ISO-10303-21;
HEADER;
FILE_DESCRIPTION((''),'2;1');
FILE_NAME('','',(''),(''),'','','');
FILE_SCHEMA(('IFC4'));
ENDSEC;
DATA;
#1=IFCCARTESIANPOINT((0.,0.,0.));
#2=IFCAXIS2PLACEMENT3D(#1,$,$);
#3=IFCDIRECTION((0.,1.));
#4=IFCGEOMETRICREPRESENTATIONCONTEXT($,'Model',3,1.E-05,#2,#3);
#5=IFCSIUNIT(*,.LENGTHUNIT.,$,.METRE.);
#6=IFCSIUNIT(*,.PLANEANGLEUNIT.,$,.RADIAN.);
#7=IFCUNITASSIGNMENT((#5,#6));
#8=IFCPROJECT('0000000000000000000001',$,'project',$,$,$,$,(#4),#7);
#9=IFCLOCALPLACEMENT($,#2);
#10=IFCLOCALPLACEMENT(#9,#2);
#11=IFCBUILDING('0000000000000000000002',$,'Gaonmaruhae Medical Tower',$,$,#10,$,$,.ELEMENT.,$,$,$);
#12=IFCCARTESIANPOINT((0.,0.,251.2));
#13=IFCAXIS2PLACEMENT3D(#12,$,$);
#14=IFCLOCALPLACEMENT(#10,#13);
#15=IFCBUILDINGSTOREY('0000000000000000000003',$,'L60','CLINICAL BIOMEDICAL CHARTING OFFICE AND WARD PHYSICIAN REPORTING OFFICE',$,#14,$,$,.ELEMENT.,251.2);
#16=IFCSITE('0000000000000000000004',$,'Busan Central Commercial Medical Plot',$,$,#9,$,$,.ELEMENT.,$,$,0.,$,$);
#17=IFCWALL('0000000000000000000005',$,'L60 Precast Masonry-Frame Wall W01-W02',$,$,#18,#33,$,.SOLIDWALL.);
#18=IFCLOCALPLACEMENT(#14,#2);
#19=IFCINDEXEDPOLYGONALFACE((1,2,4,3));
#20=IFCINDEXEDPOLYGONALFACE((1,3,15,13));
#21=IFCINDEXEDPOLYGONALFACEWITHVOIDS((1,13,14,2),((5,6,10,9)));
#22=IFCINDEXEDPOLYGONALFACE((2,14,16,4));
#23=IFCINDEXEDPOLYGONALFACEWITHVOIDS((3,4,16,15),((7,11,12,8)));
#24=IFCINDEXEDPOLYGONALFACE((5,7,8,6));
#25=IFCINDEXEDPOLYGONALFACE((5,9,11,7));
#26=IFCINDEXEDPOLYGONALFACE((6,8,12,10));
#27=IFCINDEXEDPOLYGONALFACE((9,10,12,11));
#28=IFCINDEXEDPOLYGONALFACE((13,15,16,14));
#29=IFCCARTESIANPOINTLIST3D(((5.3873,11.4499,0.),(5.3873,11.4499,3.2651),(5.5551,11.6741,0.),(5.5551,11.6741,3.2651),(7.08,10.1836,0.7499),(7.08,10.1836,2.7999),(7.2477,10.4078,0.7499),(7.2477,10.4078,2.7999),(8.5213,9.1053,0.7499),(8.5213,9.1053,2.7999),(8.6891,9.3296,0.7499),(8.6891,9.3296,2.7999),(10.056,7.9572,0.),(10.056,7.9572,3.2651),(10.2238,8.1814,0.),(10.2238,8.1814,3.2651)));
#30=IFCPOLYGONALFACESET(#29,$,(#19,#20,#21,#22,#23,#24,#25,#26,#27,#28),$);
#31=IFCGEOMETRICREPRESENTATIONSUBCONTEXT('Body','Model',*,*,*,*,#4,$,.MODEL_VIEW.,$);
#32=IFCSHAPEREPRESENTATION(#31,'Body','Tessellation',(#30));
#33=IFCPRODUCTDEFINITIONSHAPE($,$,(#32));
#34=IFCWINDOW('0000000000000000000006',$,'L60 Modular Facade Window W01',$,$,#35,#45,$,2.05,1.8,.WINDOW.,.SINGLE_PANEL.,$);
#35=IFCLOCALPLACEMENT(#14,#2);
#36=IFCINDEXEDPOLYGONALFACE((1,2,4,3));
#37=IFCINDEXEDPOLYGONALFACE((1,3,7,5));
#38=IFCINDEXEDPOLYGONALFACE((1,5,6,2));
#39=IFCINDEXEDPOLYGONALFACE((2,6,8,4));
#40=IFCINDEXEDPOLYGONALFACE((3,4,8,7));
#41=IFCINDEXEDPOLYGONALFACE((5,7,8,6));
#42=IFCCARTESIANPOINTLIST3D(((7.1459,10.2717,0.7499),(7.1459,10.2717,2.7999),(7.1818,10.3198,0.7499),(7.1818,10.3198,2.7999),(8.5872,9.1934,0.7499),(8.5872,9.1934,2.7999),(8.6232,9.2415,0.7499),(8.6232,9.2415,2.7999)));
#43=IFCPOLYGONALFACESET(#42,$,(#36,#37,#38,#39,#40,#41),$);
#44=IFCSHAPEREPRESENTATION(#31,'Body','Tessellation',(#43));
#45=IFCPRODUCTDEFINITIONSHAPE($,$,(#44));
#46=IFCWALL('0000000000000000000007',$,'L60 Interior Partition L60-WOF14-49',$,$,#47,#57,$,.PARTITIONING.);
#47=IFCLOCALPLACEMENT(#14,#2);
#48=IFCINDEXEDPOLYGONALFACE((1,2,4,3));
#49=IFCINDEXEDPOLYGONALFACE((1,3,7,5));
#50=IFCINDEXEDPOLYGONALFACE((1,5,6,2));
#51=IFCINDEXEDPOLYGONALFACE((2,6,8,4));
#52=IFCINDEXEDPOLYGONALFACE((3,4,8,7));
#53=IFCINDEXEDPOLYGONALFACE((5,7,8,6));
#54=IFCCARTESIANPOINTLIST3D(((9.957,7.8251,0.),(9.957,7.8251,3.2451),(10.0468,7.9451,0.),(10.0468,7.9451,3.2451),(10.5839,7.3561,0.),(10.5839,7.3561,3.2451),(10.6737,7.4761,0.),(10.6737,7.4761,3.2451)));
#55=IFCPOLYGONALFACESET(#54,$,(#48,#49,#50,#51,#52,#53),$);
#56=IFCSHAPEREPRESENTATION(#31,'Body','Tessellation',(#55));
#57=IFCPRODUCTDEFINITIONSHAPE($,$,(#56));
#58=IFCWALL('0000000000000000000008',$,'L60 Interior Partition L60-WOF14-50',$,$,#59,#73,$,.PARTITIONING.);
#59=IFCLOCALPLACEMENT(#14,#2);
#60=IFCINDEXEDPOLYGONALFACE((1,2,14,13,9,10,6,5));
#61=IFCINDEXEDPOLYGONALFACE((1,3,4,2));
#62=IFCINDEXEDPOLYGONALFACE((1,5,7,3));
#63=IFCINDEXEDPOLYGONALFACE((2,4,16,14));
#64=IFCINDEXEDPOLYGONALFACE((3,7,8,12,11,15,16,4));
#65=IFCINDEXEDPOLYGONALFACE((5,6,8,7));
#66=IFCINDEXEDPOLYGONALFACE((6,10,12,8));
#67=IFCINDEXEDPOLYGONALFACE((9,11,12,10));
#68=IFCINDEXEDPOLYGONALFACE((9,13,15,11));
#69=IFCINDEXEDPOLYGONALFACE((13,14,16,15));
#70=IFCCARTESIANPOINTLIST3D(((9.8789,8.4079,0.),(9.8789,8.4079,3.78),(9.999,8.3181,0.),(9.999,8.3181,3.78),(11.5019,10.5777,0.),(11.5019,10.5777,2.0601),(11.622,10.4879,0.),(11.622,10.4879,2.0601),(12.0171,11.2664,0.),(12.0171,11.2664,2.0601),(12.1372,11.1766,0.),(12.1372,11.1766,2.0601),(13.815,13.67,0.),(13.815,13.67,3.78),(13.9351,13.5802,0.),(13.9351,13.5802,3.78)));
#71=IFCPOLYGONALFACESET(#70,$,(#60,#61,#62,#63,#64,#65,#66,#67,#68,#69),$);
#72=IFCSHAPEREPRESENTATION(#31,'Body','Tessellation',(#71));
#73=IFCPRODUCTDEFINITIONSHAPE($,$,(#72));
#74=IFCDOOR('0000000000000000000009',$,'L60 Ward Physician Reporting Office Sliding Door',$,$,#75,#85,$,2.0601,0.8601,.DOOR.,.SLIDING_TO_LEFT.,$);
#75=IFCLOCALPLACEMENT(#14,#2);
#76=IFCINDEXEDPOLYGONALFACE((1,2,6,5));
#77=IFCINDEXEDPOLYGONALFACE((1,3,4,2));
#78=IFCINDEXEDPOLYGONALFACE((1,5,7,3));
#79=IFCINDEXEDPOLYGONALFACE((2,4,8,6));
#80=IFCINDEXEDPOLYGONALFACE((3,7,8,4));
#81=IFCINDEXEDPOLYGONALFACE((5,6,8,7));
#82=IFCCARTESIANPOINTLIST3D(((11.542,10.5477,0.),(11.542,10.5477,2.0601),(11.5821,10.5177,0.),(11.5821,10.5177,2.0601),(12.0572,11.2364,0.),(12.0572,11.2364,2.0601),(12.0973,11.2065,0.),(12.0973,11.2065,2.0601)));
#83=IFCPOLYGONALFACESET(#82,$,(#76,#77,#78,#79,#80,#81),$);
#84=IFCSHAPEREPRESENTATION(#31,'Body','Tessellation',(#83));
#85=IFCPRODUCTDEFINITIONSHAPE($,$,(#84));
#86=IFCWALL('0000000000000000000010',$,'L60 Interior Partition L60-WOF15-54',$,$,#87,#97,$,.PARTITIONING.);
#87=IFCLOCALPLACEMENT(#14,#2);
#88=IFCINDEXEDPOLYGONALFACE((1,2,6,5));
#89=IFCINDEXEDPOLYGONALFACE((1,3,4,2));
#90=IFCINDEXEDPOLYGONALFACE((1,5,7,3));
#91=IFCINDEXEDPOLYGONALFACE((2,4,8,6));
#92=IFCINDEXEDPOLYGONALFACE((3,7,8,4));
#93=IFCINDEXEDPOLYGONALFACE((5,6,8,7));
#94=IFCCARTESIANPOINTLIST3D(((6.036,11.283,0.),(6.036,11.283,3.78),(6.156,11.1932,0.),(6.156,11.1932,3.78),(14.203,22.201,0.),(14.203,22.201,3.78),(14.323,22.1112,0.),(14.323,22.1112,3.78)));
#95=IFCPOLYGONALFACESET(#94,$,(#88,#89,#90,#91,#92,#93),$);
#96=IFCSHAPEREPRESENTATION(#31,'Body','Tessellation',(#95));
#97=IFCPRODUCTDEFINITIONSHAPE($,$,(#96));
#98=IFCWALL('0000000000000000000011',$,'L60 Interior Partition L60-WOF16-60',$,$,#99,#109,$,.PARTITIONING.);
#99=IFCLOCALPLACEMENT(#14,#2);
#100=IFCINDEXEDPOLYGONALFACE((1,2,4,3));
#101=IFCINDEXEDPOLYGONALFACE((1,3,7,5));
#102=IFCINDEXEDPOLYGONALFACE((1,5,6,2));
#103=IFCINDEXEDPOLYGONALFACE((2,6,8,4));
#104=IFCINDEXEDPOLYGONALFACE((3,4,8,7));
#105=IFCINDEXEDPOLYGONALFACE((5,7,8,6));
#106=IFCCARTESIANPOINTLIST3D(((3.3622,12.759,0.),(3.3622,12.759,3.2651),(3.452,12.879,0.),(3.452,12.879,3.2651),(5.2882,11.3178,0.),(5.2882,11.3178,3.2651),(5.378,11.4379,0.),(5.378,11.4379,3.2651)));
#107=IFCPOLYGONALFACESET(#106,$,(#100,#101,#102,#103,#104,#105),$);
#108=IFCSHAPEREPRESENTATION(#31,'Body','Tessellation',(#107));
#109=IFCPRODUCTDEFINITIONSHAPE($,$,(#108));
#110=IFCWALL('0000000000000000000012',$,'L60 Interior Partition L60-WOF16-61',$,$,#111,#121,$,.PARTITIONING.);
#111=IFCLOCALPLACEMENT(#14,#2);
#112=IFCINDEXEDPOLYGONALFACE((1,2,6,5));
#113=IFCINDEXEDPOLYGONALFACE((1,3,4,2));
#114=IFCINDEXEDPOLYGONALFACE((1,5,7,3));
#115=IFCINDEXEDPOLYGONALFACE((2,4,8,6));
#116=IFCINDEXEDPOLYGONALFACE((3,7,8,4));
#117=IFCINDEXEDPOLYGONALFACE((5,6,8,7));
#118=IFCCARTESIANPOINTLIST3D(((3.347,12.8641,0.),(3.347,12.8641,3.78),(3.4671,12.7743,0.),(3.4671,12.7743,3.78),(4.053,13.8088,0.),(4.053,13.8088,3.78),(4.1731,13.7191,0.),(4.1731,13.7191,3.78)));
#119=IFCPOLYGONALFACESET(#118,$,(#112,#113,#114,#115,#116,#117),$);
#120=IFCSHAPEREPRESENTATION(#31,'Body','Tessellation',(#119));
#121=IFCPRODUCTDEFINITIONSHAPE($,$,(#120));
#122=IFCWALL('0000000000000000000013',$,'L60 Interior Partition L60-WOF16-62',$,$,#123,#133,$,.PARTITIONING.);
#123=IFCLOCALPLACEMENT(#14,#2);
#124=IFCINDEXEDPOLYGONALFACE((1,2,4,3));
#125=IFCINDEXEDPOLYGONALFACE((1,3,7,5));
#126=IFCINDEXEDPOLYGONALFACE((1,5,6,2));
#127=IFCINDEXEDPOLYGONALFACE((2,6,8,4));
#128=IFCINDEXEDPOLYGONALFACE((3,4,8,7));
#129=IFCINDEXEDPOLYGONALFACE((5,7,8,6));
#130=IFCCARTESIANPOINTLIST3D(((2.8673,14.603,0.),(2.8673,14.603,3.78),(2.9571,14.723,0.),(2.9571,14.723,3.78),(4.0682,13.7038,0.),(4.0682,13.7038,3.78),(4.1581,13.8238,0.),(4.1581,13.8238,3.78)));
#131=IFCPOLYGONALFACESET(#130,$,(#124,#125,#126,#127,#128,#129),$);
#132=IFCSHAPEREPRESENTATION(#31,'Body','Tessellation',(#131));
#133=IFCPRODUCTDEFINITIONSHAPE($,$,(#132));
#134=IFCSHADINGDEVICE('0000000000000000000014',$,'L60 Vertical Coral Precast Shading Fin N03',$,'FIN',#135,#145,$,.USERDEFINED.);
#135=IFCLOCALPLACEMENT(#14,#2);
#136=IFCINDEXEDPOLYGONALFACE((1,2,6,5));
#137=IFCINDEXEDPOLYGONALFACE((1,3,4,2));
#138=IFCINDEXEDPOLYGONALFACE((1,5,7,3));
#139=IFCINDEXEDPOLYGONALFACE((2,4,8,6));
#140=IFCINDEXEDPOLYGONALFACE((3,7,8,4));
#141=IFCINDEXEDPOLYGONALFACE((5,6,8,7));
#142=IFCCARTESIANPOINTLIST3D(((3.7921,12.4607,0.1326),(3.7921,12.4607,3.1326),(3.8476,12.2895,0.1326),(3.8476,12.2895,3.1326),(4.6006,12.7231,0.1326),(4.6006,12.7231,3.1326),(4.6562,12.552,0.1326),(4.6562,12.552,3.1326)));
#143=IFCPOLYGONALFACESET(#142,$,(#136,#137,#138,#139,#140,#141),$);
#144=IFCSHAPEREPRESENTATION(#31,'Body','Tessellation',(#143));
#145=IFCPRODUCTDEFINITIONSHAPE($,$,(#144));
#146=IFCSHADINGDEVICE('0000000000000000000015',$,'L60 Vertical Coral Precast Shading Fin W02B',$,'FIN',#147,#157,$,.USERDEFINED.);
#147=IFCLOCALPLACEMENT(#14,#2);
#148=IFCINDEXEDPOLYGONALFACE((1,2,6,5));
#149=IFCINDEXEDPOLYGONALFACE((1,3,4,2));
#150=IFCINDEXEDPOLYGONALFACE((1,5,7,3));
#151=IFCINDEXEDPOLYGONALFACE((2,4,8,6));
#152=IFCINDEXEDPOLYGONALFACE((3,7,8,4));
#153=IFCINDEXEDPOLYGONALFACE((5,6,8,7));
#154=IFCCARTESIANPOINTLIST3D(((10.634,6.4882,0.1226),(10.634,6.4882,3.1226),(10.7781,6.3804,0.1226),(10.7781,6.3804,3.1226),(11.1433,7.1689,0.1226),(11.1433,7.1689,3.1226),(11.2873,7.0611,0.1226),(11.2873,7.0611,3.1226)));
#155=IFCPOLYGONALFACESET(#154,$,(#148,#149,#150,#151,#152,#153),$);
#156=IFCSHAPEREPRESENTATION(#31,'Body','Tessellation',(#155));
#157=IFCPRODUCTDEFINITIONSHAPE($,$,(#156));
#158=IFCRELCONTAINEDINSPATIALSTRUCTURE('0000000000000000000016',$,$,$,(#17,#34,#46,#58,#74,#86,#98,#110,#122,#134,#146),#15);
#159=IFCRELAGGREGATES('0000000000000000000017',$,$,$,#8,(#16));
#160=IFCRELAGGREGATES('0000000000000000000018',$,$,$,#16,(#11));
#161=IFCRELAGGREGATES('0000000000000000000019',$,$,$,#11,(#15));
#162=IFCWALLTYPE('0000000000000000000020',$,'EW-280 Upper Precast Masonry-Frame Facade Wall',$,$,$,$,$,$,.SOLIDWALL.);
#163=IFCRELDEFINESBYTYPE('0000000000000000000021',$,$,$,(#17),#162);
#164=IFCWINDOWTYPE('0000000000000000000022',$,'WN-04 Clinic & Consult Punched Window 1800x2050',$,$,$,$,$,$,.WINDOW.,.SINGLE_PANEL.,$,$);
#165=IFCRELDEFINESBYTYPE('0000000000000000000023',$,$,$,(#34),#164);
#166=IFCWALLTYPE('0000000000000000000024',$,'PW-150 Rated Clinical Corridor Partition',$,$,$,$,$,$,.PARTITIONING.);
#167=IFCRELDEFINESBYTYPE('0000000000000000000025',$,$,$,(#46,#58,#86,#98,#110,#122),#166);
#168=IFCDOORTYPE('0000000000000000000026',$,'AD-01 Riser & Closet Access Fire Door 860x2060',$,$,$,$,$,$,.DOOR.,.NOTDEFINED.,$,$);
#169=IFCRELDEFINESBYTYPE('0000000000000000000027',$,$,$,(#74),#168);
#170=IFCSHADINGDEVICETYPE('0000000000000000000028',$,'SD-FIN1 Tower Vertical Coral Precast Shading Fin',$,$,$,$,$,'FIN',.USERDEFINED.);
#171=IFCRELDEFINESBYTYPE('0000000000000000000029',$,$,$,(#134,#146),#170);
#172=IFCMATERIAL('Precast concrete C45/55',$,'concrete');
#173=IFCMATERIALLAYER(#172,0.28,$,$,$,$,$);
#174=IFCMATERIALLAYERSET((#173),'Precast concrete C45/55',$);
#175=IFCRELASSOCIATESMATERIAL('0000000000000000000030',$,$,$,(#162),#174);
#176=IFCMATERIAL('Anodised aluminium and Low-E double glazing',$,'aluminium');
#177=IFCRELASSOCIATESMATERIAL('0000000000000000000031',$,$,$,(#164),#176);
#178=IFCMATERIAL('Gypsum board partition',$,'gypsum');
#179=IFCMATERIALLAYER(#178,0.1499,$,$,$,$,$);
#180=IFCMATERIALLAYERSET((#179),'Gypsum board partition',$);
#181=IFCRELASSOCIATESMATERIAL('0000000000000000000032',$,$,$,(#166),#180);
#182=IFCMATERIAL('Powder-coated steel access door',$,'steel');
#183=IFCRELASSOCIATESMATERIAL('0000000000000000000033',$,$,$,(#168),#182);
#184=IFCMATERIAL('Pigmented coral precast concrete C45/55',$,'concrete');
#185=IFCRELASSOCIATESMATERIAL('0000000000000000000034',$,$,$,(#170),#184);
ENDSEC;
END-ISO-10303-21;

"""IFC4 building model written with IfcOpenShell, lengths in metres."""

from ifc_helpers import new_model, si_unit, direction, frame, frame_2d, origin, origin_2d, place, context, subcontext, project, spatial, rectangle, extrude, material, layer, layer_set, type_object, element, fill, save


model = new_model("IFC4")

# Units and contexts
model_context = context("Model", 3, precision=1e-05, world=origin(), true_north=direction((0.0, 1.0)))
body_context = subcontext(model_context, "Body", "Model", "MODEL_VIEW")
ifc_project = project(units=[si_unit("LENGTHUNIT", "METRE"), si_unit("PLANEANGLEUNIT", "RADIAN")], contexts=[model_context])

# Site, building, storey
site_placement = place(None, origin())
site = spatial("IfcSite", under=ifc_project, at=site_placement, Name="Busan Central Commercial Medical Plot", CompositionType="ELEMENT", RefElevation=0.0)
building_placement = place(site_placement, origin())
building = spatial("IfcBuilding", under=site, at=building_placement, Name="Gaonmaruhae Medical Tower", CompositionType="ELEMENT")
storey_placement = place(building_placement, frame((0.0, 0.0, 251.2)))
storey = spatial("IfcBuildingStorey", under=building, at=storey_placement, Name="L60", Description="CLINICAL BIOMEDICAL CHARTING OFFICE AND WARD PHYSICIAN REPORTING OFFICE", CompositionType="ELEMENT", Elevation=251.2)

# Shared definitions
ifc_material_1 = material(Name="Precast concrete C45/55", Category="concrete")
ifc_layer_1 = layer(ifc_material_1, 0.28)
ifc_layer_set_1 = layer_set([ifc_layer_1], Name="Precast concrete C45/55")
wall_type_1 = type_object("IfcWallType", Name="EW-280 Upper Precast Masonry-Frame Facade Wall", PredefinedType="SOLIDWALL", material=ifc_layer_set_1)

# Wall, opening, window
wall_1_placement = place(storey_placement, frame((10.1399, 8.0693, 0.0), z_axis=(0.0, 0.0, 1.0), x_axis=(-0.800728, 0.599028, 0.0)))
wall_1 = element("IfcWall", 1, at=wall_1_placement, inside=storey, type_object=wall_type_1, Name="L60 Precast Masonry-Frame Wall W01-W02", PredefinedType="SOLIDWALL", context=body_context, shape_type="SweptSolid", body=[
    extrude(rectangle(XDim=5.8306, YDim=0.28, at=frame_2d((2.9153, 0.0))), origin(), (0.0, 0.0, 1.0), 3.2651),
])
opening_1_placement = place(wall_1_placement, frame((1.9167, 0.0, 0.75)))
opening_1 = element("IfcOpeningElement", 2, at=opening_1_placement, cuts=wall_1, PredefinedType="OPENING", context=body_context, shape_type="SweptSolid", body=[
    extrude(rectangle(XDim=1.8, YDim=2.05, at=frame_2d((0.8999, 1.0249))), frame((0.0, 0.1499, 0.0), z_axis=(0.0, -1.0, 0.0), x_axis=(1.0, 0.0, 0.0)), (0.0, 0.0, 1.0), 0.3),
])
ifc_material_2 = material(Name="Anodised aluminium and Low-E double glazing", Category="aluminium")
window_type = type_object("IfcWindowType", Name="WN-04 Clinic & Consult Punched Window 1800x2050", PartitioningType="SINGLE_PANEL", PredefinedType="WINDOW", material=ifc_material_2)
window_placement = place(opening_1_placement, origin())
window = element("IfcWindow", 3, at=window_placement, inside=storey, type_object=window_type, Name="L60 Modular Facade Window W01", OverallHeight=2.05, OverallWidth=1.8, PartitioningType="SINGLE_PANEL", PredefinedType="WINDOW", context=body_context, shape_type="SweptSolid", body=[
    extrude(rectangle(XDim=1.8, YDim=2.05, at=frame_2d((0.8999, 1.0249))), frame((0.0, 0.03, 0.0), z_axis=(0.0, -1.0, 0.0), x_axis=(1.0, 0.0, 0.0)), (0.0, 0.0, 1.0), 0.0601),
])
fill(opening_1, window)

# Wall
ifc_material_3 = material(Name="Gypsum board partition", Category="gypsum")
ifc_layer_2 = layer(ifc_material_3, 0.1499)
ifc_layer_set_2 = layer_set([ifc_layer_2], Name="Gypsum board partition")
wall_type_2 = type_object("IfcWallType", Name="PW-150 Rated Clinical Corridor Partition", PredefinedType="PARTITIONING", material=ifc_layer_set_2)
wall_2_placement = place(storey_placement, frame((10.6289, 7.416, 0.0), z_axis=(0.0, 0.0, 1.0), x_axis=(-0.800748, 0.599002, 0.0)))
element("IfcWall", 4, at=wall_2_placement, inside=storey, type_object=wall_type_2, Name="L60 Interior Partition L60-WOF14-49", PredefinedType="PARTITIONING", context=body_context, shape_type="SweptSolid", body=[
    extrude(rectangle(XDim=0.783, YDim=0.1499, at=frame_2d((0.3916, 0.0))), origin(), (0.0, 0.0, 1.0), 3.2451),
])

# Wall, opening, door
wall_3_placement = place(storey_placement, frame((9.939, 8.363, 0.0), z_axis=(0.0, 0.0, 1.0), x_axis=(0.598983, 0.800762, 0.0)))
wall_3 = element("IfcWall", 5, at=wall_3_placement, inside=storey, type_object=wall_type_2, Name="L60 Interior Partition L60-WOF14-50", PredefinedType="PARTITIONING", context=body_context, shape_type="SweptSolid", body=[
    extrude(rectangle(XDim=6.5713, YDim=0.1499, at=frame_2d((3.2856, 0.0))), origin(), (0.0, 0.0, 1.0), 3.78),
])
opening_2_placement = place(wall_3_placement, frame((2.7095, 0.0, 0.0)))
opening_2 = element("IfcOpeningElement", 6, at=opening_2_placement, cuts=wall_3, PredefinedType="OPENING", context=body_context, shape_type="SweptSolid", body=[
    extrude(rectangle(XDim=0.8601, YDim=2.0601, at=frame_2d((0.4302, 1.03))), frame((0.0, 0.085, 0.0), z_axis=(0.0, -1.0, 0.0), x_axis=(1.0, 0.0, 0.0)), (0.0, 0.0, 1.0), 0.1699),
])
ifc_material_4 = material(Name="Powder-coated steel access door", Category="steel")
door_type = type_object("IfcDoorType", Name="AD-01 Riser & Closet Access Fire Door 860x2060", OperationType="NOTDEFINED", PredefinedType="DOOR", material=ifc_material_4)
door_placement = place(opening_2_placement, origin())
door = element("IfcDoor", 7, at=door_placement, inside=storey, type_object=door_type, Name="L60 Ward Physician Reporting Office Sliding Door", OperationType="SLIDING_TO_LEFT", OverallHeight=2.0601, OverallWidth=0.8601, PredefinedType="DOOR", context=body_context, shape_type="SweptSolid", body=[
    extrude(rectangle(XDim=0.8601, YDim=2.0601, at=frame_2d((0.4302, 1.03))), frame((0.0, 0.0249, 0.0), z_axis=(0.0, -1.0, 0.0), x_axis=(1.0, 0.0, 0.0)), (0.0, 0.0, 1.0), 0.05),
])
fill(opening_2, door)

# Walls
wall_4_placement = place(storey_placement, frame((6.0959, 11.238, 0.0), z_axis=(0.0, 0.0, 1.0), x_axis=(0.598991, 0.800756, 0.0)))
element("IfcWall", 8, at=wall_4_placement, inside=storey, type_object=wall_type_2, Name="L60 Interior Partition L60-WOF15-54", PredefinedType="PARTITIONING", context=body_context, shape_type="SweptSolid", body=[
    extrude(rectangle(XDim=13.6345, YDim=0.1499, at=frame_2d((6.8174, 0.0))), origin(), (0.0, 0.0, 1.0), 3.78),
])
wall_5_placement = place(storey_placement, frame((5.333, 11.3779, 0.0), z_axis=(0.0, 0.0, 1.0), x_axis=(-0.800669, 0.599106, 0.0)))
element("IfcWall", 9, at=wall_5_placement, inside=storey, type_object=wall_type_2, Name="L60 Interior Partition L60-WOF16-60", PredefinedType="PARTITIONING", context=body_context, shape_type="SweptSolid", body=[
    extrude(rectangle(XDim=2.4055, YDim=0.1499, at=frame_2d((1.2026, 0.0))), origin(), (0.0, 0.0, 1.0), 3.2651),
])
wall_6_placement = place(storey_placement, frame((3.407, 12.8191, 0.0), z_axis=(0.0, 0.0, 1.0), x_axis=(0.598608, 0.801042, 0.0)))
element("IfcWall", 10, at=wall_6_placement, inside=storey, type_object=wall_type_2, Name="L60 Interior Partition L60-WOF16-61", PredefinedType="PARTITIONING", context=body_context, shape_type="SweptSolid", body=[
    extrude(rectangle(XDim=1.1794, YDim=0.1499, at=frame_2d((0.5898, 0.0))), origin(), (0.0, 0.0, 1.0), 3.78),
])
wall_7_placement = place(storey_placement, frame((4.113, 13.7639, 0.0), z_axis=(0.0, 0.0, 1.0), x_axis=(-0.800488, 0.599349, 0.0)))
element("IfcWall", 11, at=wall_7_placement, inside=storey, type_object=wall_type_2, Name="L60 Interior Partition L60-WOF16-62", PredefinedType="PARTITIONING", context=body_context, shape_type="SweptSolid", body=[
    extrude(rectangle(XDim=1.5002, YDim=0.1499, at=frame_2d((0.75, 0.0))), origin(), (0.0, 0.0, 1.0), 3.78),
])

# Shading devices
ifc_material_5 = material(Name="Pigmented coral precast concrete C45/55", Category="concrete")
shading_device_type = type_object("IfcShadingDeviceType", Name="SD-FIN1 Tower Vertical Coral Precast Shading Fin", ElementType="FIN", PredefinedType="USERDEFINED", material=ifc_material_5)
for number, where, z_axis, x_axis, name in (
    (12, (4.2241, 12.5063, 0.1326), (0.0, 0.0, 1.0), (-0.308735, 0.951148, 0.0), "L60 Vertical Coral Precast Shading Fin N03"),
    (13, (10.9607, 6.7747, 0.1226), (0.0, 0.0, 1.0), (-0.800731, 0.599024, 0.0), "L60 Vertical Coral Precast Shading Fin W02B"),
):
    element("IfcShadingDevice", number, at=place(storey_placement, frame(where, z_axis=z_axis, x_axis=x_axis)), inside=storey, type_object=shading_device_type, Name=name, ObjectType="FIN", PredefinedType="USERDEFINED", context=body_context, shape_type="SweptSolid", body=[
        extrude(rectangle(XDim=0.1799, YDim=0.8501, at=origin_2d()), origin(), (0.0, 0.0, 1.0), 3.0),
    ])

save(model, "model.ifc")
